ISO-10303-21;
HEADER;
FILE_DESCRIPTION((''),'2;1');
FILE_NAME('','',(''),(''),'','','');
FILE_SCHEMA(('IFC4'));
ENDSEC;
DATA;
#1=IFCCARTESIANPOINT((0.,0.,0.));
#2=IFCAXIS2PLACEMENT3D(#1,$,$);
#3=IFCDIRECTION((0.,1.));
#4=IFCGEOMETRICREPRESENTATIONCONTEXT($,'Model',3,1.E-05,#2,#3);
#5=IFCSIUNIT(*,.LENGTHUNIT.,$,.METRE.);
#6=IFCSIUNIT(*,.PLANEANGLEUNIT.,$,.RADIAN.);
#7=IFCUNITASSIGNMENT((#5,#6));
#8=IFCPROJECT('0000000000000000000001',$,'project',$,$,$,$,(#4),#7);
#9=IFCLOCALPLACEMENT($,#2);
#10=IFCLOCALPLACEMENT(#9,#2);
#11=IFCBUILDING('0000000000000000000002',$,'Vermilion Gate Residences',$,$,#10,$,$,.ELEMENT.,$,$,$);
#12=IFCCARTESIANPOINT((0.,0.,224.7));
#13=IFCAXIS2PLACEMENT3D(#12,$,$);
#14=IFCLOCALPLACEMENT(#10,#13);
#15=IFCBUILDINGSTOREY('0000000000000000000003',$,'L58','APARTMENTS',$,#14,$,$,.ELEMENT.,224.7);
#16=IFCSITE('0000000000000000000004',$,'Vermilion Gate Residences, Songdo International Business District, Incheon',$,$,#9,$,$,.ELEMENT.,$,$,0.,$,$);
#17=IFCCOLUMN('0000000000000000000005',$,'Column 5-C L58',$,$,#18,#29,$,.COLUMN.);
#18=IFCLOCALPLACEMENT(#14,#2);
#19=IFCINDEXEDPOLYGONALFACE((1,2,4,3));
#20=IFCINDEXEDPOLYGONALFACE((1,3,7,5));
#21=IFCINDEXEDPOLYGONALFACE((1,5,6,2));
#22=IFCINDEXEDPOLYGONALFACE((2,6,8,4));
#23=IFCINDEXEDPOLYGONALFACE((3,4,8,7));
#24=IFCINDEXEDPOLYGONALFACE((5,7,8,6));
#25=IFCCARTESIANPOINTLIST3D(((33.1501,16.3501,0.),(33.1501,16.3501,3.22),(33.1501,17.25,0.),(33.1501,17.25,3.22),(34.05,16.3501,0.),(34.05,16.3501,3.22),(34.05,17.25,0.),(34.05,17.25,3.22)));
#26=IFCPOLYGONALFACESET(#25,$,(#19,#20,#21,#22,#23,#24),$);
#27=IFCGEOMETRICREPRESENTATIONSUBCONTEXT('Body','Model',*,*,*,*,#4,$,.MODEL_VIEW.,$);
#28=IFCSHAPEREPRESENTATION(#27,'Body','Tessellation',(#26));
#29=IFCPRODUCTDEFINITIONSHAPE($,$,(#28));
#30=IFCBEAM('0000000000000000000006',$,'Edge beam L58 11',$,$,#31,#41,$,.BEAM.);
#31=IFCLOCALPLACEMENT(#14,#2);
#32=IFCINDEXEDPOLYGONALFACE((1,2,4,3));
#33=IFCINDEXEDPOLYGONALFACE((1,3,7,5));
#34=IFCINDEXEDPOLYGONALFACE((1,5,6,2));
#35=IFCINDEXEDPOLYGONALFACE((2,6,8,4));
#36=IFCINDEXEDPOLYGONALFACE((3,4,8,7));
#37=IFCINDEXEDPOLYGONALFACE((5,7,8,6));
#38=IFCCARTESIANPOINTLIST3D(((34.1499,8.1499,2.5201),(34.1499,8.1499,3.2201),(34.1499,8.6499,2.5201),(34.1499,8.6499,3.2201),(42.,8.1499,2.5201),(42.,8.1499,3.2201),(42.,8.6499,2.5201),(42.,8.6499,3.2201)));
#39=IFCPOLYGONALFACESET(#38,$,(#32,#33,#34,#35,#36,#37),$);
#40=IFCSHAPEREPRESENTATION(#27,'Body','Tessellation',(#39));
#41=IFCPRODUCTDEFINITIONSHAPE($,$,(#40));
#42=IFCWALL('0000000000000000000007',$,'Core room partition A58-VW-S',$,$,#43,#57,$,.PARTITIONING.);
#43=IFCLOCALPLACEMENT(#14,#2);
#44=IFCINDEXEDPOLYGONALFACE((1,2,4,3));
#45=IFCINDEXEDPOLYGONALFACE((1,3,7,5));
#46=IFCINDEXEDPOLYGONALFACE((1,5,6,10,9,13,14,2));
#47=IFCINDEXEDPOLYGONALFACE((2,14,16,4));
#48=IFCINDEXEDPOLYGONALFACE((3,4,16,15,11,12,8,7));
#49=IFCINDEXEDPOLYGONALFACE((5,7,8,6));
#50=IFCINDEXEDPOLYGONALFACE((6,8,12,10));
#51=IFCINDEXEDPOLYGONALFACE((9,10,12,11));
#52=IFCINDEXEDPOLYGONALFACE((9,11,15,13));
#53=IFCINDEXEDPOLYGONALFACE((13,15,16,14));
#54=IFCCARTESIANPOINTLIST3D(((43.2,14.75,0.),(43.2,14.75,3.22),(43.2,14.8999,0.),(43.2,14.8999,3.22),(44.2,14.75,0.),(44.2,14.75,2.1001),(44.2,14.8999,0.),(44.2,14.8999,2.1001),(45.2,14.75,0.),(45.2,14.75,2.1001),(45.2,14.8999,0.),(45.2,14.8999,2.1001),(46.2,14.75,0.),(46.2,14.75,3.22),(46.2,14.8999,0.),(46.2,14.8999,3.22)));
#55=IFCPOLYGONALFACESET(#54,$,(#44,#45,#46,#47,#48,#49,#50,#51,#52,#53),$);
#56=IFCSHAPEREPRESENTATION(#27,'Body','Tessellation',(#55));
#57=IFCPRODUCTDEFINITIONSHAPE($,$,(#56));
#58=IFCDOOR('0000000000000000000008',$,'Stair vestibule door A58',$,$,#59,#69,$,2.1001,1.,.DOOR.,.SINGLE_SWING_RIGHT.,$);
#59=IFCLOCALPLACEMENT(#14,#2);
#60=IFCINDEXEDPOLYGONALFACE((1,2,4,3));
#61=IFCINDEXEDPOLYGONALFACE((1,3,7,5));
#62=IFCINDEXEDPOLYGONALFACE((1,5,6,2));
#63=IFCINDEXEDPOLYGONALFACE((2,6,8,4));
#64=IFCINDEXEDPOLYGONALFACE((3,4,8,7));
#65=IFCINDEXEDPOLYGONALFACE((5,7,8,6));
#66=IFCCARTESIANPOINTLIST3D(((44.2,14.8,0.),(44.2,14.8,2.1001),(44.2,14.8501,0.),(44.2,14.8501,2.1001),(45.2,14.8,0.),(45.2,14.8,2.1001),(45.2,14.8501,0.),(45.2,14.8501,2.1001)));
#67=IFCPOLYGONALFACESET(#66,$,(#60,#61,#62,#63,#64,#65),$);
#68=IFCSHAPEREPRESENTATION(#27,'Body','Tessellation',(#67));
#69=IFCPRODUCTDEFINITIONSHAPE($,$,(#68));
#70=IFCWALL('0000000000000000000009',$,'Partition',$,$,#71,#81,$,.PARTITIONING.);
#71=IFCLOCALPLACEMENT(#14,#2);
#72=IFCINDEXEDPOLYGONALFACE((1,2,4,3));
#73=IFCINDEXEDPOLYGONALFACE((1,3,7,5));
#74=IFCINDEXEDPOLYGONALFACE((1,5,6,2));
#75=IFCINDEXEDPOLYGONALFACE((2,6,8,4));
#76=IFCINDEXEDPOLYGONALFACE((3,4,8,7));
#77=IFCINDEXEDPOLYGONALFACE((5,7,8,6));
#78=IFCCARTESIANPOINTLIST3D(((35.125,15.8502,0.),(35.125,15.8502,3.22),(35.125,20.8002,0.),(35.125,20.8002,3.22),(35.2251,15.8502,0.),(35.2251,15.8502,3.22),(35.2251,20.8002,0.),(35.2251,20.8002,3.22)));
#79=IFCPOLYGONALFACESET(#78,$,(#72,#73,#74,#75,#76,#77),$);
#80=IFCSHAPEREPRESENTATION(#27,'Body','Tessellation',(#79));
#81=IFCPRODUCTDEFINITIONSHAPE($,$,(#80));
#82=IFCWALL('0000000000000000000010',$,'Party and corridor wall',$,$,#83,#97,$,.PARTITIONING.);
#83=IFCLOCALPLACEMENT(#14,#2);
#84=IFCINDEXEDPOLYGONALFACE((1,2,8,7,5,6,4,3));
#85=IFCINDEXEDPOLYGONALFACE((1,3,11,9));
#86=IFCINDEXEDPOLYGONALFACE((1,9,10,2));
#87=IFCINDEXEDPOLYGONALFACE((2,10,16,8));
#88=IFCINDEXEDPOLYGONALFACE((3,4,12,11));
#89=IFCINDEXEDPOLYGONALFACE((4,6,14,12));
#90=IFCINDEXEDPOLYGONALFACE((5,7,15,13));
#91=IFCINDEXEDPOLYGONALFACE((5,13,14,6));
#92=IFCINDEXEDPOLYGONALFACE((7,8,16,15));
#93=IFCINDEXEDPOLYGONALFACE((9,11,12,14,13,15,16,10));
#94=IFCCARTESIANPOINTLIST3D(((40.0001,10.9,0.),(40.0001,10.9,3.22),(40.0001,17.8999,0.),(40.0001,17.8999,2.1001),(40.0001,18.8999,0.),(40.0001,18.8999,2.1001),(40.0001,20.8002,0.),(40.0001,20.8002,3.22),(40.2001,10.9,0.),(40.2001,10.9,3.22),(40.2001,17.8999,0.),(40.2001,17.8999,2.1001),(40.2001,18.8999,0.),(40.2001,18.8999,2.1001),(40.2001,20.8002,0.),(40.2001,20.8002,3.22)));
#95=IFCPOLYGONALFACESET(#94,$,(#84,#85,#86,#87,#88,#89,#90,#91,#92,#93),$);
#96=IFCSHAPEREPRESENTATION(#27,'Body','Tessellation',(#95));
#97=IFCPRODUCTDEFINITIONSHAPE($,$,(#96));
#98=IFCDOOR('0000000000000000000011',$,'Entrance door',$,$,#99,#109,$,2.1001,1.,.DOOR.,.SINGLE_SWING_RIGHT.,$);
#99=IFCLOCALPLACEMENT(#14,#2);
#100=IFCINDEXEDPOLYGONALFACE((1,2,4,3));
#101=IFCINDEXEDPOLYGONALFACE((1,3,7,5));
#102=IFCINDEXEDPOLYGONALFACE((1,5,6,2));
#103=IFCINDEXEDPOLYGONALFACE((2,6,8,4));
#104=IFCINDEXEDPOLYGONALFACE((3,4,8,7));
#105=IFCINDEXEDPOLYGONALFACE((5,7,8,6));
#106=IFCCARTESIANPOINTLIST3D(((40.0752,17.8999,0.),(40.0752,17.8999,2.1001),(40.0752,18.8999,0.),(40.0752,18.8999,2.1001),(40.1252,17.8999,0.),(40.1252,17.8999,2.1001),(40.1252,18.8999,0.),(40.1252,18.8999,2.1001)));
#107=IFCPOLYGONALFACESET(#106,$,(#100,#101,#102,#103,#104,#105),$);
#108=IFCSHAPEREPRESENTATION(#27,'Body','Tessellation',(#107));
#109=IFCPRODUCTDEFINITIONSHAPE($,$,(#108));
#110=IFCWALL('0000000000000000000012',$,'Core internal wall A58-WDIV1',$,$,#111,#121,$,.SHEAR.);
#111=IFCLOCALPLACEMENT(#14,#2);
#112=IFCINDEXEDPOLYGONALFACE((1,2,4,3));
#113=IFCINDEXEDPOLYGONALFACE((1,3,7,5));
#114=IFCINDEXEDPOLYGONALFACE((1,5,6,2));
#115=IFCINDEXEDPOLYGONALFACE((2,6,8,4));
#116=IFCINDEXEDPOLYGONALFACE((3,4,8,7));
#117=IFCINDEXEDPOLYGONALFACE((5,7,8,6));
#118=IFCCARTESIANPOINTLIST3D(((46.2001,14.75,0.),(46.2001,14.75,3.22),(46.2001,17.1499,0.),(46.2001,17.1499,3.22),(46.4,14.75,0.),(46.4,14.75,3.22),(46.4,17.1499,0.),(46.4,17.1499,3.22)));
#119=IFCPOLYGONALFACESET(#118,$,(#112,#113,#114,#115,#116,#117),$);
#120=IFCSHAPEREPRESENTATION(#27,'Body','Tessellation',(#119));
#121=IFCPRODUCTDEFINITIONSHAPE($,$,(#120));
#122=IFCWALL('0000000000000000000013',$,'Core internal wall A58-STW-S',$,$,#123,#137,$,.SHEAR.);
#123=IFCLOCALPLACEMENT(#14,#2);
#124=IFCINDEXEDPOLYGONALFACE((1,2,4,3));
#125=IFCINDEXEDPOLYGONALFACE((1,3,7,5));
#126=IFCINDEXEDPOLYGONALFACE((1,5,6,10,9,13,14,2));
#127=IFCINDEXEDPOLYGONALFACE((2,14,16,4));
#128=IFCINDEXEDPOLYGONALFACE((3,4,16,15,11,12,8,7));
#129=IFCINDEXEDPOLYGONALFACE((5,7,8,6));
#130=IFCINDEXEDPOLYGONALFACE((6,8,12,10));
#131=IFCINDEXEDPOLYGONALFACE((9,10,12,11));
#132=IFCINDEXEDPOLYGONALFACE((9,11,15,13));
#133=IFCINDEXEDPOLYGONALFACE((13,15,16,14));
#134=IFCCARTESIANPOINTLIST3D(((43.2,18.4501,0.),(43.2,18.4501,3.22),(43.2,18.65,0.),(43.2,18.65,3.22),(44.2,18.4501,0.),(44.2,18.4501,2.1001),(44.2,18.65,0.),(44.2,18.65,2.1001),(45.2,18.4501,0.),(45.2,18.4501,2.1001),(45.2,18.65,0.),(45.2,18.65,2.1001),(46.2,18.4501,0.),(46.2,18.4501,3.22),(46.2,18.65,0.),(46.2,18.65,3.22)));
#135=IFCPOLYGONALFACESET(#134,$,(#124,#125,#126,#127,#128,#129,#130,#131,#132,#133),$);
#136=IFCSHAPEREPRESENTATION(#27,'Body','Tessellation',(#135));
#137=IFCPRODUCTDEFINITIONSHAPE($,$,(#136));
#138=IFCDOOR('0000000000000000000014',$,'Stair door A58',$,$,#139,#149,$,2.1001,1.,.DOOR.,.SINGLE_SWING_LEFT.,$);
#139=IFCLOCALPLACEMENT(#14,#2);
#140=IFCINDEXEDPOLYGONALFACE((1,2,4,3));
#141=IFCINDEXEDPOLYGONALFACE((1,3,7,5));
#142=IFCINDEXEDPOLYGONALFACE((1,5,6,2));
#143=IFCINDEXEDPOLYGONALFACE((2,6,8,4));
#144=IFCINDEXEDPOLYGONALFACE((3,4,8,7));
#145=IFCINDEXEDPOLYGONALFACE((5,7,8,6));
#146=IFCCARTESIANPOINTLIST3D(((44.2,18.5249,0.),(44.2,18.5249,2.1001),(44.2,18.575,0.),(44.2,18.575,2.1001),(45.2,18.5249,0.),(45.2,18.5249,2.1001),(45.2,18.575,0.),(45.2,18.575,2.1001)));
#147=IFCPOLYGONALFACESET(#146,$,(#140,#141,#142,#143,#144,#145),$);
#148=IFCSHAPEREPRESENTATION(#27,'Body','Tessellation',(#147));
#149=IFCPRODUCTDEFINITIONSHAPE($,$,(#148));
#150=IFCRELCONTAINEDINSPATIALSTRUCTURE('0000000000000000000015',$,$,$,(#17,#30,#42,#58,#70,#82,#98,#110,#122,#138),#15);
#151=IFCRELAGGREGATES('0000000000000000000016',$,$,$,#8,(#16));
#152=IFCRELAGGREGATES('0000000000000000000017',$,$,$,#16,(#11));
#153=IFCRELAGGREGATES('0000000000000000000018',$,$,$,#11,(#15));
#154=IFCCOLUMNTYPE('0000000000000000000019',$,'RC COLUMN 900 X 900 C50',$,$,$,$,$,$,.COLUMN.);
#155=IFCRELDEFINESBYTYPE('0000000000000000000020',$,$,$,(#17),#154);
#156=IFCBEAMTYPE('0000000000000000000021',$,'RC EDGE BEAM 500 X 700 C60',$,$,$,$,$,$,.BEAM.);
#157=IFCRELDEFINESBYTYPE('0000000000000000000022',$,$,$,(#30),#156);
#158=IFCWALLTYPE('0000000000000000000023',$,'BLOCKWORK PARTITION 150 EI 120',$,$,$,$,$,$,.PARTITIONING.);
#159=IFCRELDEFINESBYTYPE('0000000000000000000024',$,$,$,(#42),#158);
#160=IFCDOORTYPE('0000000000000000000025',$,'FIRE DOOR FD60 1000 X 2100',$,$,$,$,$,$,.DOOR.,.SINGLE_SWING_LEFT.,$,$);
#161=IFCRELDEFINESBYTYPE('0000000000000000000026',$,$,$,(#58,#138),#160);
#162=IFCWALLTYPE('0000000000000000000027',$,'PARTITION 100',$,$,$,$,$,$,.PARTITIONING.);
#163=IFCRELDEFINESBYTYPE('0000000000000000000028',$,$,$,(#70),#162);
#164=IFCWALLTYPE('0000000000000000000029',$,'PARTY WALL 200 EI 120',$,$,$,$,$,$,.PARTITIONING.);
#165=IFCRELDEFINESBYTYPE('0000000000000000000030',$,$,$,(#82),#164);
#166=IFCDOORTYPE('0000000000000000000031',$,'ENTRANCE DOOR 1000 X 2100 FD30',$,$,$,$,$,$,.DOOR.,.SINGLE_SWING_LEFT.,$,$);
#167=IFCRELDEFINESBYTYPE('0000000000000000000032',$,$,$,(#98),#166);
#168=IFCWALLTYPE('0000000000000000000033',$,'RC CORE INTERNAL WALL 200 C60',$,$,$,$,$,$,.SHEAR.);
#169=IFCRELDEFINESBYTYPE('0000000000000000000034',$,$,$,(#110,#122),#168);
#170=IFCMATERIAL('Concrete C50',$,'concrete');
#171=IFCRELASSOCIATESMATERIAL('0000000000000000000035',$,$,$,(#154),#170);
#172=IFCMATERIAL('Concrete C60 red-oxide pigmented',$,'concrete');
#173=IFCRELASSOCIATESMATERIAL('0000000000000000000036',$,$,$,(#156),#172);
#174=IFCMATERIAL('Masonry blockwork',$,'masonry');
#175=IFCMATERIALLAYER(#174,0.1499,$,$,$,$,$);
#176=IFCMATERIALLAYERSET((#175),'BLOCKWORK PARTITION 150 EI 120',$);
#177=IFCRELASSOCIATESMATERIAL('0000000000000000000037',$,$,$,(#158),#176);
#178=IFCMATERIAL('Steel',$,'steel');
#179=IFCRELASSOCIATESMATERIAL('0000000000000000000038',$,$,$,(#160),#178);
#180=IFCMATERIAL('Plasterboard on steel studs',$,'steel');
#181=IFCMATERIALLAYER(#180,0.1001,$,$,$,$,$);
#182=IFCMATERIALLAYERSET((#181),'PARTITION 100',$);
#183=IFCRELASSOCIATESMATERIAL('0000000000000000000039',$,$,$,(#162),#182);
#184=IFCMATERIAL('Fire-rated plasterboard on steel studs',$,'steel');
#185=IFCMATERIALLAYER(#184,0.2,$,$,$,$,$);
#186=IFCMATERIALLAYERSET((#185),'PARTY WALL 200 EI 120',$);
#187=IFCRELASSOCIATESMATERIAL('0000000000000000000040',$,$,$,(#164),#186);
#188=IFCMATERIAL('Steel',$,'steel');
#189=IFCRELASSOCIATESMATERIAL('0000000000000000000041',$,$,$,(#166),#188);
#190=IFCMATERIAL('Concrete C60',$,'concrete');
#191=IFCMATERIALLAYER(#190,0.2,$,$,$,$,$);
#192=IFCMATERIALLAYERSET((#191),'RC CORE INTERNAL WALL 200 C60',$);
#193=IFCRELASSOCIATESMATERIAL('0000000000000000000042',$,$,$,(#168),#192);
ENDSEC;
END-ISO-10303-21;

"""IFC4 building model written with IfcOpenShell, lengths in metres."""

from ifc_helpers import new_model, si_unit, direction, frame, frame_2d, origin, origin_2d, place, context, subcontext, project, spatial, rectangle, extrude, material, layer, layer_set, material_profile, profile_set, type_object, element, fill, save


model = new_model("IFC4")

# Units and contexts
model_context = context("Model", 3, precision=1e-05, world=origin(), true_north=direction((0.0, 1.0)))
body_context = subcontext(model_context, "Body", "Model", "MODEL_VIEW")
ifc_project = project(units=[si_unit("LENGTHUNIT", "METRE"), si_unit("PLANEANGLEUNIT", "RADIAN")], contexts=[model_context])

# Site, building, storey
site_placement = place(None, origin())
site = spatial("IfcSite", under=ifc_project, at=site_placement, Name="Vermilion Gate Residences, Songdo International Business District, Incheon", CompositionType="ELEMENT", RefElevation=0.0)
building_placement = place(site_placement, origin())
building = spatial("IfcBuilding", under=site, at=building_placement, Name="Vermilion Gate Residences", CompositionType="ELEMENT")
storey_placement = place(building_placement, frame((0.0, 0.0, 224.7)))
storey = spatial("IfcBuildingStorey", under=building, at=storey_placement, Name="L58", Description="APARTMENTS", CompositionType="ELEMENT", Elevation=224.7)

# Column
ifc_material_1 = material(Name="Concrete C50", Category="concrete")
ifc_material_profile_1 = material_profile(ifc_material_1, rectangle(XDim=0.8999, YDim=0.8999, at=origin_2d()), Name="RC-900x900")
ifc_profile_set_1 = profile_set([ifc_material_profile_1], Name="Concrete C50")
column_type = type_object("IfcColumnType", Name="RC COLUMN 900 X 900 C50", PredefinedType="COLUMN", material=ifc_profile_set_1)
column_placement = place(storey_placement, frame((33.6001, 16.8, 0.0), z_axis=(0.0, 0.0, 1.0), x_axis=(1.0, 0.0, 0.0)))
element("IfcColumn", 1, at=column_placement, inside=storey, type_object=column_type, Name="Column 5-C L58", PredefinedType="COLUMN", context=body_context, shape_type="SweptSolid", body=[
    extrude(rectangle(XDim=0.8999, YDim=0.8999, at=origin_2d()), origin(), (0.0, 0.0, 1.0), 3.22),
])

# Beam
ifc_material_2 = material(Name="Concrete C60 red-oxide pigmented", Category="concrete")
ifc_material_profile_2 = material_profile(ifc_material_2, rectangle(XDim=0.5, YDim=0.7, at=origin_2d()), Name="RC-500x700")
ifc_profile_set_2 = profile_set([ifc_material_profile_2], Name="Concrete C60 red-oxide pigmented")
beam_type = type_object("IfcBeamType", Name="RC EDGE BEAM 500 X 700 C60", PredefinedType="BEAM", material=ifc_profile_set_2)
beam_placement = place(storey_placement, frame((34.1499, 8.3999, 2.8701), z_axis=(1.0, 0.0, 0.0), x_axis=(0.0, 1.0, 0.0)))
element("IfcBeam", 2, at=beam_placement, inside=storey, type_object=beam_type, Name="Edge beam L58 11", PredefinedType="BEAM", context=body_context, shape_type="SweptSolid", body=[
    extrude(rectangle(XDim=0.5, YDim=0.7, at=origin_2d()), origin(), (0.0, 0.0, 1.0), 7.8501),
])

# Wall, opening, door
ifc_material_3 = material(Name="Masonry blockwork", Category="masonry")
ifc_layer_1 = layer(ifc_material_3, 0.1499)
ifc_layer_set_1 = layer_set([ifc_layer_1], Name="BLOCKWORK PARTITION 150 EI 120")
wall_type_1 = type_object("IfcWallType", Name="BLOCKWORK PARTITION 150 EI 120", PredefinedType="PARTITIONING", material=ifc_layer_set_1)
wall_1_placement = place(storey_placement, frame((43.2, 14.825, 0.0), z_axis=(0.0, 0.0, 1.0), x_axis=(1.0, 0.0, 0.0)))
wall_1 = element("IfcWall", 3, at=wall_1_placement, inside=storey, type_object=wall_type_1, Name="Core room partition A58-VW-S", PredefinedType="PARTITIONING", context=body_context, shape_type="SweptSolid", body=[
    extrude(rectangle(XDim=3.0, YDim=0.1499, at=frame_2d((1.5, 0.0))), origin(), (0.0, 0.0, 1.0), 3.22),
])
opening_1_placement = place(wall_1_placement, frame((1.0, 0.0, 0.0)))
opening_1 = element("IfcOpeningElement", 4, at=opening_1_placement, cuts=wall_1, PredefinedType="OPENING", context=body_context, shape_type="SweptSolid", body=[
    extrude(rectangle(XDim=1.0, YDim=2.1001, at=frame_2d((0.5, 1.05))), frame((0.0, 0.085, 0.0), z_axis=(0.0, -1.0, 0.0), x_axis=(1.0, 0.0, 0.0)), (0.0, 0.0, 1.0), 0.1699),
])
ifc_material_4 = material(Name="Steel", Category="steel")
door_type_1 = type_object("IfcDoorType", Name="FIRE DOOR FD60 1000 X 2100", OperationType="SINGLE_SWING_LEFT", PredefinedType="DOOR", material=ifc_material_4)
door_1_placement = place(opening_1_placement, frame((1.0, 0.0, 0.0), z_axis=(0.0, 0.0, 1.0), x_axis=(-1.0, 0.0, 0.0)))
door_1 = element("IfcDoor", 5, at=door_1_placement, inside=storey, type_object=door_type_1, Name="Stair vestibule door A58", OperationType="SINGLE_SWING_RIGHT", OverallHeight=2.1001, OverallWidth=1.0, PredefinedType="DOOR", context=body_context, shape_type="SweptSolid", body=[
    extrude(rectangle(XDim=1.0, YDim=2.1001, at=frame_2d((0.5, 1.05))), frame((0.0, 0.0249, 0.0), z_axis=(0.0, -1.0, 0.0), x_axis=(1.0, 0.0, 0.0)), (0.0, 0.0, 1.0), 0.05),
])
fill(opening_1, door_1)

# Wall
ifc_material_5 = material(Name="Plasterboard on steel studs", Category="steel")
ifc_layer_2 = layer(ifc_material_5, 0.1001)
ifc_layer_set_2 = layer_set([ifc_layer_2], Name="PARTITION 100")
wall_type_2 = type_object("IfcWallType", Name="PARTITION 100", PredefinedType="PARTITIONING", material=ifc_layer_set_2)
wall_2_placement = place(storey_placement, frame((35.175, 15.8501, 0.0), z_axis=(0.0, 0.0, 1.0), x_axis=(0.0, 1.0, 0.0)))
element("IfcWall", 6, at=wall_2_placement, inside=storey, type_object=wall_type_2, Name="Partition", PredefinedType="PARTITIONING", context=body_context, shape_type="SweptSolid", body=[
    extrude(rectangle(XDim=4.95, YDim=0.1001, at=frame_2d((2.4751, 0.0))), origin(), (0.0, 0.0, 1.0), 3.22),
])

# Wall, opening, door
ifc_material_6 = material(Name="Fire-rated plasterboard on steel studs", Category="steel")
ifc_layer_3 = layer(ifc_material_6, 0.2)
ifc_layer_set_3 = layer_set([ifc_layer_3], Name="PARTY WALL 200 EI 120")
wall_type_3 = type_object("IfcWallType", Name="PARTY WALL 200 EI 120", PredefinedType="PARTITIONING", material=ifc_layer_set_3)
wall_3_placement = place(storey_placement, frame((40.1001, 10.8999, 0.0), z_axis=(0.0, 0.0, 1.0), x_axis=(0.0, 1.0, 0.0)))
wall_3 = element("IfcWall", 7, at=wall_3_placement, inside=storey, type_object=wall_type_3, Name="Party and corridor wall", PredefinedType="PARTITIONING", context=body_context, shape_type="SweptSolid", body=[
    extrude(rectangle(XDim=9.9001, YDim=0.2, at=frame_2d((4.9502, 0.0))), origin(), (0.0, 0.0, 1.0), 3.22),
])
opening_2_placement = place(wall_3_placement, frame((7.0, 0.0, 0.0)))
opening_2 = element("IfcOpeningElement", 8, at=opening_2_placement, cuts=wall_3, PredefinedType="OPENING", context=body_context, shape_type="SweptSolid", body=[
    extrude(rectangle(XDim=1.0, YDim=2.1001, at=frame_2d((0.5, 1.05))), frame((0.0, 0.1099, 0.0), z_axis=(0.0, -1.0, 0.0), x_axis=(1.0, 0.0, 0.0)), (0.0, 0.0, 1.0), 0.22),
])
ifc_material_7 = material(Name="Steel", Category="steel")
door_type_2 = type_object("IfcDoorType", Name="ENTRANCE DOOR 1000 X 2100 FD30", OperationType="SINGLE_SWING_LEFT", PredefinedType="DOOR", material=ifc_material_7)
door_2_placement = place(opening_2_placement, origin())
door_2 = element("IfcDoor", 9, at=door_2_placement, inside=storey, type_object=door_type_2, Name="Entrance door", OperationType="SINGLE_SWING_RIGHT", OverallHeight=2.1001, OverallWidth=1.0, PredefinedType="DOOR", context=body_context, shape_type="SweptSolid", body=[
    extrude(rectangle(XDim=1.0, YDim=2.1001, at=frame_2d((0.5, 1.05))), frame((0.0, 0.0249, 0.0), z_axis=(0.0, -1.0, 0.0), x_axis=(1.0, 0.0, 0.0)), (0.0, 0.0, 1.0), 0.05),
])
fill(opening_2, door_2)

# Wall
ifc_material_8 = material(Name="Concrete C60", Category="concrete")
ifc_layer_4 = layer(ifc_material_8, 0.2)
ifc_layer_set_4 = layer_set([ifc_layer_4], Name="RC CORE INTERNAL WALL 200 C60")
wall_type_4 = type_object("IfcWallType", Name="RC CORE INTERNAL WALL 200 C60", PredefinedType="SHEAR", material=ifc_layer_set_4)
wall_4_placement = place(storey_placement, frame((46.3, 14.75, 0.0), z_axis=(0.0, 0.0, 1.0), x_axis=(0.0, 1.0, 0.0)))
element("IfcWall", 10, at=wall_4_placement, inside=storey, type_object=wall_type_4, Name="Core internal wall A58-WDIV1", PredefinedType="SHEAR", context=body_context, shape_type="SweptSolid", body=[
    extrude(rectangle(XDim=2.3999, YDim=0.2, at=frame_2d((1.2, 0.0))), origin(), (0.0, 0.0, 1.0), 3.22),
])

# Wall, opening, door
wall_5_placement = place(storey_placement, frame((43.2, 18.55, 0.0), z_axis=(0.0, 0.0, 1.0), x_axis=(1.0, 0.0, 0.0)))
wall_5 = element("IfcWall", 11, at=wall_5_placement, inside=storey, type_object=wall_type_4, Name="Core internal wall A58-STW-S", PredefinedType="SHEAR", context=body_context, shape_type="SweptSolid", body=[
    extrude(rectangle(XDim=3.0, YDim=0.2, at=frame_2d((1.5, 0.0))), origin(), (0.0, 0.0, 1.0), 3.22),
])
opening_3_placement = place(wall_5_placement, frame((1.0, 0.0, 0.0)))
opening_3 = element("IfcOpeningElement", 12, at=opening_3_placement, cuts=wall_5, PredefinedType="OPENING", context=body_context, shape_type="SweptSolid", body=[
    extrude(rectangle(XDim=1.0, YDim=2.1001, at=frame_2d((0.5, 1.05))), frame((0.0, 0.1099, 0.0), z_axis=(0.0, -1.0, 0.0), x_axis=(1.0, 0.0, 0.0)), (0.0, 0.0, 1.0), 0.22),
])
door_3_placement = place(opening_3_placement, origin())
door_3 = element("IfcDoor", 13, at=door_3_placement, inside=storey, type_object=door_type_1, Name="Stair door A58", OperationType="SINGLE_SWING_LEFT", OverallHeight=2.1001, OverallWidth=1.0, PredefinedType="DOOR", context=body_context, shape_type="SweptSolid", body=[
    extrude(rectangle(XDim=1.0, YDim=2.1001, at=frame_2d((0.5, 1.05))), frame((0.0, 0.0249, 0.0), z_axis=(0.0, -1.0, 0.0), x_axis=(1.0, 0.0, 0.0)), (0.0, 0.0, 1.0), 0.05),
])
fill(opening_3, door_3)

save(model, "model.ifc")
